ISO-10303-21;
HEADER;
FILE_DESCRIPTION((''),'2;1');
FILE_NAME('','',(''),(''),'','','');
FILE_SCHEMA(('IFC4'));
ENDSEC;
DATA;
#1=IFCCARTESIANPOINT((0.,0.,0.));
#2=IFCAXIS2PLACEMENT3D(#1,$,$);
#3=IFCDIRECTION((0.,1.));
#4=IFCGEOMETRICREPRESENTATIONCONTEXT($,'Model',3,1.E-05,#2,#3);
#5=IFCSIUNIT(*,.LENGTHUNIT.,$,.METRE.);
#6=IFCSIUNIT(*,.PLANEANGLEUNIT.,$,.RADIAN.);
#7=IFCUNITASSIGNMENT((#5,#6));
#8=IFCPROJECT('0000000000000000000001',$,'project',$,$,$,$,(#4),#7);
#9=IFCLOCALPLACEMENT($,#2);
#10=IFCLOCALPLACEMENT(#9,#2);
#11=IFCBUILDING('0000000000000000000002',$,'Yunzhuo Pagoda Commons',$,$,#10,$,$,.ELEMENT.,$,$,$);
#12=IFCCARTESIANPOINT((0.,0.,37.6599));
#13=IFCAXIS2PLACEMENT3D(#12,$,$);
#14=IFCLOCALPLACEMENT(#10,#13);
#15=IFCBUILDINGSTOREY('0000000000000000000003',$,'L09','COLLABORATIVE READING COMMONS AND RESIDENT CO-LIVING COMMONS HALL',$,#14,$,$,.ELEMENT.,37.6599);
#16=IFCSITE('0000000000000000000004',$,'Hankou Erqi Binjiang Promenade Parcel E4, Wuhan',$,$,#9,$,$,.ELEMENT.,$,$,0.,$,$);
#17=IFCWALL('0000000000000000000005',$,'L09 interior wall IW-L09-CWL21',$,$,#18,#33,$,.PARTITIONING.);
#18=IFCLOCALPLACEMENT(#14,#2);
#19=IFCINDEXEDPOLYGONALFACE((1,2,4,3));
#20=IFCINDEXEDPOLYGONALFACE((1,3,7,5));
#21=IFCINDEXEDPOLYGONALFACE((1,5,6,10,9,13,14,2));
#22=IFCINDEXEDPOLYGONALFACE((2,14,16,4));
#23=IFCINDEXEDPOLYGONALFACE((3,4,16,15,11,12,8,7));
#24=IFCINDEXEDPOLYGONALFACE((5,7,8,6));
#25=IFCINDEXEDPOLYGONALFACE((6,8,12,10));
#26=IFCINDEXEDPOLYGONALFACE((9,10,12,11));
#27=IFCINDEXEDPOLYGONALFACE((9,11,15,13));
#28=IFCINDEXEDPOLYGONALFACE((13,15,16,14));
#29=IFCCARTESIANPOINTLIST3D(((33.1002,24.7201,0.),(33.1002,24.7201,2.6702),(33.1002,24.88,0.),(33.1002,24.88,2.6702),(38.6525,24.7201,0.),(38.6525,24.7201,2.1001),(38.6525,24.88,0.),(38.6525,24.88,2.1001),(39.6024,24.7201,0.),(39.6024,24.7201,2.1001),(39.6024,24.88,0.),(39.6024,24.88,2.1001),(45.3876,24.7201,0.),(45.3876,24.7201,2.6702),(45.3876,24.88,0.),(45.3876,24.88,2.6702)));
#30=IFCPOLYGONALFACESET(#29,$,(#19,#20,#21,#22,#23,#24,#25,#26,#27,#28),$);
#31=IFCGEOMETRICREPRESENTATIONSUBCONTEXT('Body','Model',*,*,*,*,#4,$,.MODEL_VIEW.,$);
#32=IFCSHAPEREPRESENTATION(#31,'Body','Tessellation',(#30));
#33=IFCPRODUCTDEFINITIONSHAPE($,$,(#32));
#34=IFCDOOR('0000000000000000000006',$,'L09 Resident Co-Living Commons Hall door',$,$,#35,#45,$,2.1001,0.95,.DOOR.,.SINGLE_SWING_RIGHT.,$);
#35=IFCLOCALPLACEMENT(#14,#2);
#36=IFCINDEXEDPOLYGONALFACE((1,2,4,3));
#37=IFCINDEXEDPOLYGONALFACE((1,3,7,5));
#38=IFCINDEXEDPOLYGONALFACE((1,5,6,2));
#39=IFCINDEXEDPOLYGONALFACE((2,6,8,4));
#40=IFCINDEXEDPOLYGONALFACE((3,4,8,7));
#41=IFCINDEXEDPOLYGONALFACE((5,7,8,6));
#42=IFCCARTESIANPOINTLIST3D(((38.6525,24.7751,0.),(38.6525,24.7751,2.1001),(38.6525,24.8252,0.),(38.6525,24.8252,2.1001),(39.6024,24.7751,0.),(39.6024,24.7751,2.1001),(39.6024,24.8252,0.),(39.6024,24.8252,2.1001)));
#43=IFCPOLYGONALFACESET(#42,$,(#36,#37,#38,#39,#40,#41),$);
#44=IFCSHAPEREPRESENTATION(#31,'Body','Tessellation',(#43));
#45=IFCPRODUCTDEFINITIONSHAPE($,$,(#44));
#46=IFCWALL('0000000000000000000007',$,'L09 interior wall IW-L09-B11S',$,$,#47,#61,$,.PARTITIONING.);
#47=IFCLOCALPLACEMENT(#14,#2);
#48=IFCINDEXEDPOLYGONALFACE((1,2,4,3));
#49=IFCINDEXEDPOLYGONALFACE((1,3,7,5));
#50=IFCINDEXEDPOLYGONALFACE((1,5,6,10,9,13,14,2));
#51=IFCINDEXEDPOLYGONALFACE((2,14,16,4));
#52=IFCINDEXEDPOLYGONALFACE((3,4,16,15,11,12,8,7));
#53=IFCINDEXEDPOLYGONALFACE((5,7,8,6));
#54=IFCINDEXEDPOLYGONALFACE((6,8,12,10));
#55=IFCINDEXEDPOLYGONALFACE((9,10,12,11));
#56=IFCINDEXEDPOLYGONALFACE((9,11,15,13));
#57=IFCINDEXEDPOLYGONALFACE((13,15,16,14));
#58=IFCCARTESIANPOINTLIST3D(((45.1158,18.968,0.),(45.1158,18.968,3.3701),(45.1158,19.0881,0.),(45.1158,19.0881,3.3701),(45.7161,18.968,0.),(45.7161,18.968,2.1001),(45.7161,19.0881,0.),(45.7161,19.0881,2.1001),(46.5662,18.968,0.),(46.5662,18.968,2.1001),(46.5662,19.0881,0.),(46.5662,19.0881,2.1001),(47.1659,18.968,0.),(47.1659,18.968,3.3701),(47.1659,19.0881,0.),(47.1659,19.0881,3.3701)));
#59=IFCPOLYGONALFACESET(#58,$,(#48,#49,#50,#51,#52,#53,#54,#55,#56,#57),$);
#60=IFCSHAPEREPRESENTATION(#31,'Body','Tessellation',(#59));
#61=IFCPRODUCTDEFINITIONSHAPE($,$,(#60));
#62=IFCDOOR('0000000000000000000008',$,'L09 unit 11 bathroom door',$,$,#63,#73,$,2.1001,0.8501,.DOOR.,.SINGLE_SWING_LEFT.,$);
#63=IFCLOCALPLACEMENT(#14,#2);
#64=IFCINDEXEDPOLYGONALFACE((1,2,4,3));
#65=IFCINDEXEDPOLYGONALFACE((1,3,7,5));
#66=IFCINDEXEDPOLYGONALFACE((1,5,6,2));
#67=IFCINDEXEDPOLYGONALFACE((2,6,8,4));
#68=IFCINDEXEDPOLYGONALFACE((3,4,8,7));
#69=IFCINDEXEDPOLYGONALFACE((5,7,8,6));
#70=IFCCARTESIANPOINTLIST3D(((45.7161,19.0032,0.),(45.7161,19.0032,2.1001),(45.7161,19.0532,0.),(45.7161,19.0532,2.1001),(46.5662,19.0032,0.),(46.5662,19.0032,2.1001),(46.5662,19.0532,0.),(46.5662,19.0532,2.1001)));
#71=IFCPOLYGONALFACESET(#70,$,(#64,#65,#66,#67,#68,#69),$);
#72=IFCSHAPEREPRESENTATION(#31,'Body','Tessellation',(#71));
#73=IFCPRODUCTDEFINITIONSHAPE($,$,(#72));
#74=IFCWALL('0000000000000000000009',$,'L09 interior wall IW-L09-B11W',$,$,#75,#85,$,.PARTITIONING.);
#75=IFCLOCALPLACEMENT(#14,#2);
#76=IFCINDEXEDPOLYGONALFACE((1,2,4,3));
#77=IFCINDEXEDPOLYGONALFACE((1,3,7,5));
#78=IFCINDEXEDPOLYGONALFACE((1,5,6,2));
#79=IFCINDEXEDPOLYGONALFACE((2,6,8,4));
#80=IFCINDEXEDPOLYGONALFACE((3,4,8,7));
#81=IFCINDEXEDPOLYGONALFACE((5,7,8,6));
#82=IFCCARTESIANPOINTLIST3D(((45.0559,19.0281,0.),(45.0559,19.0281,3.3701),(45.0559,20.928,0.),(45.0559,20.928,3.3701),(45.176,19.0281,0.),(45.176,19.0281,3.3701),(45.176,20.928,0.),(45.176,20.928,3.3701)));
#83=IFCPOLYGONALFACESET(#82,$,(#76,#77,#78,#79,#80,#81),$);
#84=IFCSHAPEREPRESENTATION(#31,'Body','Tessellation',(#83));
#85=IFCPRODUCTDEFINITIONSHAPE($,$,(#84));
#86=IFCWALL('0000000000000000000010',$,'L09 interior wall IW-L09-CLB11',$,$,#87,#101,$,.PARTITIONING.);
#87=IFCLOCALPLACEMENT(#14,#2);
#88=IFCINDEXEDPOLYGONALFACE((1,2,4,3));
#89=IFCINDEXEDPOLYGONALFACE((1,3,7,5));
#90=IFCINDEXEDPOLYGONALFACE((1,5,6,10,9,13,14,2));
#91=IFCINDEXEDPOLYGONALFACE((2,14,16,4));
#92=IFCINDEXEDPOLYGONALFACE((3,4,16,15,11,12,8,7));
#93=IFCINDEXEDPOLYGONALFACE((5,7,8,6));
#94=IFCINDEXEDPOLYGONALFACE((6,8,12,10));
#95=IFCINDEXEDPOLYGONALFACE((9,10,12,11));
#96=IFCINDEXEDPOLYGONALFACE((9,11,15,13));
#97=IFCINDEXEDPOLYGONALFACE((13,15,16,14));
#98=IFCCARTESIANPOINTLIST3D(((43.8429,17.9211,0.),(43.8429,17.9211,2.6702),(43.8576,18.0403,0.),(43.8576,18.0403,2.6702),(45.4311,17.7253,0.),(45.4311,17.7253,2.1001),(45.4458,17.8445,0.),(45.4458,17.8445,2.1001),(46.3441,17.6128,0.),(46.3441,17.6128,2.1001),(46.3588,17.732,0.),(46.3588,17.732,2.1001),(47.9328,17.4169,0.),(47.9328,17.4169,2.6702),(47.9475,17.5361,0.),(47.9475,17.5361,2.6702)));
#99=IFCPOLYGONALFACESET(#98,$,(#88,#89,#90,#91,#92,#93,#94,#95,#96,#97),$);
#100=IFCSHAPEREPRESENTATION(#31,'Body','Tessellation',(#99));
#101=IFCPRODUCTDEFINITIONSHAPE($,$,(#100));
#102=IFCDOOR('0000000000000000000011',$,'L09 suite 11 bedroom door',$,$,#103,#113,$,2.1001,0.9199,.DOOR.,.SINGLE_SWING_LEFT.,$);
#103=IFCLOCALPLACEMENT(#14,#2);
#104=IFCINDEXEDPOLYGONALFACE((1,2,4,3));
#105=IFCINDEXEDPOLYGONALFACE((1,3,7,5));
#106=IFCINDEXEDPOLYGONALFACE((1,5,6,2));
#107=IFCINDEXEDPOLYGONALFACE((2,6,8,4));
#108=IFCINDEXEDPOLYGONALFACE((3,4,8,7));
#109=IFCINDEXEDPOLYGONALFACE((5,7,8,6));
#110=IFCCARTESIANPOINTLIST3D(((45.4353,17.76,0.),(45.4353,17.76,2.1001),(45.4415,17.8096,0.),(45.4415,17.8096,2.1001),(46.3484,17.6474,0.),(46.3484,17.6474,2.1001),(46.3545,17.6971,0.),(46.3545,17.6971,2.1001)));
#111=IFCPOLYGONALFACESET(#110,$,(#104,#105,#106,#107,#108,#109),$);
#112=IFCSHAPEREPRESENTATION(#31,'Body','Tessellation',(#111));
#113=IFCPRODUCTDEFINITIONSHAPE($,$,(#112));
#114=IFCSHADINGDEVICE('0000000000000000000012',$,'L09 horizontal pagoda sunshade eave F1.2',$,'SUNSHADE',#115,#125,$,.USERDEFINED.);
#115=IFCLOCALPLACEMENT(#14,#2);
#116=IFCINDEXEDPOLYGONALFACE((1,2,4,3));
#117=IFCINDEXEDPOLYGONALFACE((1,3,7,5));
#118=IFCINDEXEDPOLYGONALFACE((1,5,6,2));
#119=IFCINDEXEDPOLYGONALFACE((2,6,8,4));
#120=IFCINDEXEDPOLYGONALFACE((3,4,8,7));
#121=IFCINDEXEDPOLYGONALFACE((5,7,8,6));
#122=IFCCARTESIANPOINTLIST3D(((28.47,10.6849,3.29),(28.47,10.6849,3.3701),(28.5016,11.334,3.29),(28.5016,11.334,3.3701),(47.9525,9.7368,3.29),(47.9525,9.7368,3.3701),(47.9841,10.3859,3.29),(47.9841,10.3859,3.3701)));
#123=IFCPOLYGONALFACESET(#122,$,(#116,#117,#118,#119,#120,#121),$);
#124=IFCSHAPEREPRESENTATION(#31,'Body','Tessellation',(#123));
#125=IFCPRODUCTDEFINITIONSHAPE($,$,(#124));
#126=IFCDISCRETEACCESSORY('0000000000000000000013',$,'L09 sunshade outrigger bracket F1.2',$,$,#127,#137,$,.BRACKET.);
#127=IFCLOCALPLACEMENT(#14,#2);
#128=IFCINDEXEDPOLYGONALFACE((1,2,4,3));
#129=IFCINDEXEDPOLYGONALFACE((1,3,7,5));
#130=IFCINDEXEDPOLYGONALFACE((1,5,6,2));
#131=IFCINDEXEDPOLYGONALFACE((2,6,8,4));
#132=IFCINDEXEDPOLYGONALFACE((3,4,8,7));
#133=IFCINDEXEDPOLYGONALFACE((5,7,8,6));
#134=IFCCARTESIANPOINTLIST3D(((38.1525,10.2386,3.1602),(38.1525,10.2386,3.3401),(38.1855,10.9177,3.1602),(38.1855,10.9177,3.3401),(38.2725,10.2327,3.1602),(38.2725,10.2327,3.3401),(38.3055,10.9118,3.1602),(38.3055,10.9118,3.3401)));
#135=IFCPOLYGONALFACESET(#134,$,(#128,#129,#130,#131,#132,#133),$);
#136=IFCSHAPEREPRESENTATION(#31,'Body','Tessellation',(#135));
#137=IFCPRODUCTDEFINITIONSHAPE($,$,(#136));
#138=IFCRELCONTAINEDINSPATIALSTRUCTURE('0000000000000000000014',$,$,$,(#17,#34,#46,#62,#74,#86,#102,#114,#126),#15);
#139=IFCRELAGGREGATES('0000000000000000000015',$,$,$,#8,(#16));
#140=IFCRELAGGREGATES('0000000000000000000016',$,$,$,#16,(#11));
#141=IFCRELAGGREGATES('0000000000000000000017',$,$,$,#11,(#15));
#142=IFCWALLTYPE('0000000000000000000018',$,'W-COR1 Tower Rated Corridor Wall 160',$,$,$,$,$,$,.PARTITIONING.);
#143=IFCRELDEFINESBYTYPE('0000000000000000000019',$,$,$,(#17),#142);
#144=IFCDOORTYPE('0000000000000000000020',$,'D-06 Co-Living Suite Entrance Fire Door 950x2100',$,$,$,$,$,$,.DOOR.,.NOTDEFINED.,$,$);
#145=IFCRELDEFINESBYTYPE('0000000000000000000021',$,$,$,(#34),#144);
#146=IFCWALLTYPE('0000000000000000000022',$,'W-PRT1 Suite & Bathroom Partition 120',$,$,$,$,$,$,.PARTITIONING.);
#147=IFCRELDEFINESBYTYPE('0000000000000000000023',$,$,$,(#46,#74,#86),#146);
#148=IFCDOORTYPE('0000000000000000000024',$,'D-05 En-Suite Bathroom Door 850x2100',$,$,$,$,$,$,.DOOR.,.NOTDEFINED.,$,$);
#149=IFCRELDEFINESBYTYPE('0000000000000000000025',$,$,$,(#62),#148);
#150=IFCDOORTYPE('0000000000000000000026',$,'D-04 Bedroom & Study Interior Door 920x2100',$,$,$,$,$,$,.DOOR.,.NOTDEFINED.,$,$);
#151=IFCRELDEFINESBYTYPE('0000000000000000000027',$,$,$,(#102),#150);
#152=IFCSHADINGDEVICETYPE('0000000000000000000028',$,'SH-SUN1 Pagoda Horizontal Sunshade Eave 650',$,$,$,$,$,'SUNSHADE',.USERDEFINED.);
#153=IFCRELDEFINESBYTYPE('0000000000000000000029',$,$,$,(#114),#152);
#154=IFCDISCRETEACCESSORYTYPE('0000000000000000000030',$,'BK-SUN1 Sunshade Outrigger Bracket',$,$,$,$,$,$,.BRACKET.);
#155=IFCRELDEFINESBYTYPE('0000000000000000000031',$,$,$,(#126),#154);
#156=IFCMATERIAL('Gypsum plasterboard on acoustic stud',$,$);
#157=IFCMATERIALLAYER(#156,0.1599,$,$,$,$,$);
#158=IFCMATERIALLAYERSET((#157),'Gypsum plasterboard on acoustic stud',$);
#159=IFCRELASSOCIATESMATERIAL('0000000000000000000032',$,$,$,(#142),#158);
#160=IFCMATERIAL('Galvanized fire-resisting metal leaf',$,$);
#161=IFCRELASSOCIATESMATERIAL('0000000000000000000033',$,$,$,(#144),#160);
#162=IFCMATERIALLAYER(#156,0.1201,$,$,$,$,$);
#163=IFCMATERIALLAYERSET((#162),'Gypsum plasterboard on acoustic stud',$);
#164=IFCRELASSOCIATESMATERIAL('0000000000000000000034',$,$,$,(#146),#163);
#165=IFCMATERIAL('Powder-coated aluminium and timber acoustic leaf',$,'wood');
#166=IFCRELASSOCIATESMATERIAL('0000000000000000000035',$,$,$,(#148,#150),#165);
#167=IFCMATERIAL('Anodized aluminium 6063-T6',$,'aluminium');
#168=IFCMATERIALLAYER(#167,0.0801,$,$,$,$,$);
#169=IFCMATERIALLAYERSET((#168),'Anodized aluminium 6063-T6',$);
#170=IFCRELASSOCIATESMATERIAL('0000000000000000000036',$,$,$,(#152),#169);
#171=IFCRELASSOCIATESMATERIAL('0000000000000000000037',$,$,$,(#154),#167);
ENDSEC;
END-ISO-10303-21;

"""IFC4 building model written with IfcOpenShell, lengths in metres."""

from ifc_helpers import new_model, si_unit, direction, frame, frame_2d, origin, origin_with_axes, origin_2d, place, context, subcontext, project, spatial, rectangle, extrude, source, transform, mapped, material, layer, layer_set, type_object, element, fill, save


model = new_model("IFC4")

# Units and contexts
model_context = context("Model", 3, precision=1e-05, world=origin(), true_north=direction((0.0, 1.0)))
body_context = subcontext(model_context, "Body", "Model", "MODEL_VIEW")
ifc_project = project(units=[si_unit("LENGTHUNIT", "METRE"), si_unit("PLANEANGLEUNIT", "RADIAN")], contexts=[model_context])

# Site, building, storey
site_placement = place(None, origin())
site = spatial("IfcSite", under=ifc_project, at=site_placement, Name="Hankou Erqi Binjiang Promenade Parcel E4, Wuhan", CompositionType="ELEMENT", RefElevation=0.0)
building_placement = place(site_placement, origin())
building = spatial("IfcBuilding", under=site, at=building_placement, Name="Yunzhuo Pagoda Commons", CompositionType="ELEMENT")
storey_placement = place(building_placement, frame((0.0, 0.0, 37.6599)))
storey = spatial("IfcBuildingStorey", under=building, at=storey_placement, Name="L09", Description="COLLABORATIVE READING COMMONS AND RESIDENT CO-LIVING COMMONS HALL", CompositionType="ELEMENT", Elevation=37.6599)

# Shared definitions
ifc_material_1 = material(Name="Anodized aluminium 6063-T6", Category="aluminium")

# Walls, openings, doors
ifc_material_2 = material(Name="Gypsum plasterboard on acoustic stud")
ifc_layer_1 = layer(ifc_material_2, 0.1599)
ifc_layer_set_1 = layer_set([ifc_layer_1], Name="Gypsum plasterboard on acoustic stud")
wall_type_1 = type_object("IfcWallType", Name="W-COR1 Tower Rated Corridor Wall 160", PredefinedType="PARTITIONING", material=ifc_layer_set_1)
wall_1_placement = place(storey_placement, frame((45.3875, 24.8, 0.0), z_axis=(0.0, 0.0, 1.0), x_axis=(-1.0, 0.0, 0.0)))
wall_1 = element("IfcWall", 1, at=wall_1_placement, inside=storey, type_object=wall_type_1, Name="L09 interior wall IW-L09-CWL21", PredefinedType="PARTITIONING", context=body_context, shape_type="SweptSolid", body=[
    extrude(rectangle(XDim=12.2874, YDim=0.1599, at=frame_2d((6.1436, 0.0))), origin(), (0.0, 0.0, 1.0), 2.6702),
])
opening_1_placement = place(wall_1_placement, frame((5.7849, 0.0, 0.0)))
opening_1 = element("IfcOpeningElement", 2, at=opening_1_placement, cuts=wall_1, PredefinedType="OPENING", context=body_context, shape_type="SweptSolid", body=[
    extrude(rectangle(XDim=0.95, YDim=2.1001, at=frame_2d((0.4751, 1.05))), frame((0.0, 0.0898, 0.0), z_axis=(0.0, -1.0, 0.0), x_axis=(1.0, 0.0, 0.0)), (0.0, 0.0, 1.0), 0.1799),
])
ifc_material_3 = material(Name="Galvanized fire-resisting metal leaf")
door_type_1 = type_object("IfcDoorType", Name="D-06 Co-Living Suite Entrance Fire Door 950x2100", OperationType="NOTDEFINED", PredefinedType="DOOR", material=ifc_material_3)
shared_shape_1 = source(origin(), body_context, "Body", "SweptSolid", [
    extrude(rectangle(XDim=0.95, YDim=2.1001, at=frame_2d((0.4751, 1.05))), frame((0.0, 0.0249, 0.0), z_axis=(0.0, -1.0, 0.0), x_axis=(1.0, 0.0, 0.0)), (0.0, 0.0, 1.0), 0.05),
])
door_1_placement = place(opening_1_placement, origin_with_axes())
door_1 = element("IfcDoor", 3, at=door_1_placement, inside=storey, type_object=door_type_1, Name="L09 Resident Co-Living Commons Hall door", OperationType="SINGLE_SWING_RIGHT", OverallHeight=2.1001, OverallWidth=0.95, PredefinedType="DOOR", context=body_context, shape_type="MappedRepresentation", body=[
    mapped(shared_shape_1, transform((0.0, 0.0, 0.0), scale=1.0)),
])
fill(opening_1, door_1)
ifc_layer_2 = layer(ifc_material_2, 0.1201)
ifc_layer_set_2 = layer_set([ifc_layer_2], Name="Gypsum plasterboard on acoustic stud")
wall_type_2 = type_object("IfcWallType", Name="W-PRT1 Suite & Bathroom Partition 120", PredefinedType="PARTITIONING", material=ifc_layer_set_2)
wall_2_placement = place(storey_placement, frame((45.116, 19.0281, 0.0), z_axis=(0.0, 0.0, 1.0), x_axis=(1.0, 0.0, 0.0)))
wall_2 = element("IfcWall", 4, at=wall_2_placement, inside=storey, type_object=wall_type_2, Name="L09 interior wall IW-L09-B11S", PredefinedType="PARTITIONING", context=body_context, shape_type="SweptSolid", body=[
    extrude(rectangle(XDim=2.05, YDim=0.1201, at=frame_2d((1.0249, 0.0))), origin(), (0.0, 0.0, 1.0), 3.3701),
])
opening_2_placement = place(wall_2_placement, frame((0.6001, 0.0, 0.0)))
opening_2 = element("IfcOpeningElement", 5, at=opening_2_placement, cuts=wall_2, PredefinedType="OPENING", context=body_context, shape_type="SweptSolid", body=[
    extrude(rectangle(XDim=0.8501, YDim=2.1001, at=frame_2d((0.425, 1.05))), frame((0.0, 0.0701, 0.0), z_axis=(0.0, -1.0, 0.0), x_axis=(1.0, 0.0, 0.0)), (0.0, 0.0, 1.0), 0.1401),
])
ifc_material_4 = material(Name="Powder-coated aluminium and timber acoustic leaf", Category="wood")
door_type_2 = type_object("IfcDoorType", Name="D-05 En-Suite Bathroom Door 850x2100", OperationType="NOTDEFINED", PredefinedType="DOOR", material=ifc_material_4)
shared_shape_2 = source(origin(), body_context, "Body", "SweptSolid", [
    extrude(rectangle(XDim=0.8501, YDim=2.1001, at=frame_2d((0.425, 1.05))), frame((0.0, 0.0249, 0.0), z_axis=(0.0, -1.0, 0.0), x_axis=(1.0, 0.0, 0.0)), (0.0, 0.0, 1.0), 0.05),
])
door_2_placement = place(opening_2_placement, frame((0.8501, 0.0, 0.0), z_axis=(0.0, 0.0, 1.0), x_axis=(-1.0, 0.0, 0.0)))
door_2 = element("IfcDoor", 6, at=door_2_placement, inside=storey, type_object=door_type_2, Name="L09 unit 11 bathroom door", OperationType="SINGLE_SWING_LEFT", OverallHeight=2.1001, OverallWidth=0.8501, PredefinedType="DOOR", context=body_context, shape_type="MappedRepresentation", body=[
    mapped(shared_shape_2, transform((0.0, 0.0, 0.0), scale=1.0)),
])
fill(opening_2, door_2)

# Wall
wall_3_placement = place(storey_placement, frame((45.116, 20.928, 0.0), z_axis=(0.0, 0.0, 1.0), x_axis=(0.0, -1.0, 0.0)))
element("IfcWall", 7, at=wall_3_placement, inside=storey, type_object=wall_type_2, Name="L09 interior wall IW-L09-B11W", PredefinedType="PARTITIONING", context=body_context, shape_type="SweptSolid", body=[
    extrude(rectangle(XDim=1.8999, YDim=0.1201, at=frame_2d((0.95, 0.0))), origin(), (0.0, 0.0, 1.0), 3.3701),
])

# Wall, opening, door
wall_4_placement = place(storey_placement, frame((43.8501, 17.9807, 0.0), z_axis=(0.0, 0.0, 1.0), x_axis=(0.992488, -0.122343, 0.0)))
wall_4 = element("IfcWall", 8, at=wall_4_placement, inside=storey, type_object=wall_type_2, Name="L09 interior wall IW-L09-CLB11", PredefinedType="PARTITIONING", context=body_context, shape_type="SweptSolid", body=[
    extrude(rectangle(XDim=4.1208, YDim=0.1201, at=frame_2d((2.0605, 0.0))), origin(), (0.0, 0.0, 1.0), 2.6702),
])
opening_3_placement = place(wall_4_placement, frame((1.6003, 0.0, 0.0)))
opening_3 = element("IfcOpeningElement", 9, at=opening_3_placement, cuts=wall_4, PredefinedType="OPENING", context=body_context, shape_type="SweptSolid", body=[
    extrude(rectangle(XDim=0.9199, YDim=2.1001, at=frame_2d((0.46, 1.05))), frame((0.0, 0.0701, 0.0), z_axis=(0.0, -1.0, 0.0), x_axis=(1.0, 0.0, 0.0)), (0.0, 0.0, 1.0), 0.1401),
])
door_type_3 = type_object("IfcDoorType", Name="D-04 Bedroom & Study Interior Door 920x2100", OperationType="NOTDEFINED", PredefinedType="DOOR", material=ifc_material_4)
shared_shape_3 = source(origin(), body_context, "Body", "SweptSolid", [
    extrude(rectangle(XDim=0.9199, YDim=2.1001, at=frame_2d((0.46, 1.05))), frame((0.0, 0.0249, 0.0), z_axis=(0.0, -1.0, 0.0), x_axis=(1.0, 0.0, 0.0)), (0.0, 0.0, 1.0), 0.05),
])
door_3_placement = place(opening_3_placement, origin_with_axes())
door_3 = element("IfcDoor", 10, at=door_3_placement, inside=storey, type_object=door_type_3, Name="L09 suite 11 bedroom door", OperationType="SINGLE_SWING_LEFT", OverallHeight=2.1001, OverallWidth=0.9199, PredefinedType="DOOR", context=body_context, shape_type="MappedRepresentation", body=[
    mapped(shared_shape_3, transform((0.0, 0.0, 0.0), scale=1.0)),
])
fill(opening_3, door_3)

# Shading device
ifc_layer_3 = layer(ifc_material_1, 0.0801)
ifc_layer_set_3 = layer_set([ifc_layer_3], Name="Anodized aluminium 6063-T6")
shading_device_type = type_object("IfcShadingDeviceType", Name="SH-SUN1 Pagoda Horizontal Sunshade Eave 650", ElementType="SUNSHADE", PredefinedType="USERDEFINED", material=ifc_layer_set_3)
shared_shape_4 = source(origin(), body_context, "Body", "SweptSolid", [
    extrude(rectangle(XDim=19.5056, YDim=0.6499, at=origin_2d()), origin(), (0.0, 0.0, 1.0), 0.0801),
])
shading_device_placement = place(storey_placement, frame((38.2271, 10.5354, 3.29), z_axis=(0.0, 0.0, 1.0), x_axis=(0.998818, -0.048606, 0.0)))
element("IfcShadingDevice", 11, at=shading_device_placement, inside=storey, type_object=shading_device_type, Name="L09 horizontal pagoda sunshade eave F1.2", ObjectType="SUNSHADE", PredefinedType="USERDEFINED", context=body_context, shape_type="MappedRepresentation", body=[
    mapped(shared_shape_4, transform((0.0, 0.0, 0.0), scale=1.0)),
])

# Discrete accessory
discrete_accessory_type = type_object("IfcDiscreteAccessoryType", Name="BK-SUN1 Sunshade Outrigger Bracket", PredefinedType="BRACKET", material=ifc_material_1)
shared_shape_5 = source(origin(), body_context, "Body", "SweptSolid", [
    extrude(rectangle(XDim=0.1201, YDim=0.6799, at=origin_2d()), origin(), (0.0, 0.0, 1.0), 0.1799),
])
discrete_accessory_placement = place(storey_placement, frame((38.229, 10.5752, 3.1602), z_axis=(0.0, 0.0, 1.0), x_axis=(0.998818, -0.048606, 0.0)))
element("IfcDiscreteAccessory", 12, at=discrete_accessory_placement, inside=storey, type_object=discrete_accessory_type, Name="L09 sunshade outrigger bracket F1.2", PredefinedType="BRACKET", context=body_context, shape_type="MappedRepresentation", body=[
    mapped(shared_shape_5, transform((0.0, 0.0, 0.0), scale=1.0)),
])

save(model, "model.ifc")
